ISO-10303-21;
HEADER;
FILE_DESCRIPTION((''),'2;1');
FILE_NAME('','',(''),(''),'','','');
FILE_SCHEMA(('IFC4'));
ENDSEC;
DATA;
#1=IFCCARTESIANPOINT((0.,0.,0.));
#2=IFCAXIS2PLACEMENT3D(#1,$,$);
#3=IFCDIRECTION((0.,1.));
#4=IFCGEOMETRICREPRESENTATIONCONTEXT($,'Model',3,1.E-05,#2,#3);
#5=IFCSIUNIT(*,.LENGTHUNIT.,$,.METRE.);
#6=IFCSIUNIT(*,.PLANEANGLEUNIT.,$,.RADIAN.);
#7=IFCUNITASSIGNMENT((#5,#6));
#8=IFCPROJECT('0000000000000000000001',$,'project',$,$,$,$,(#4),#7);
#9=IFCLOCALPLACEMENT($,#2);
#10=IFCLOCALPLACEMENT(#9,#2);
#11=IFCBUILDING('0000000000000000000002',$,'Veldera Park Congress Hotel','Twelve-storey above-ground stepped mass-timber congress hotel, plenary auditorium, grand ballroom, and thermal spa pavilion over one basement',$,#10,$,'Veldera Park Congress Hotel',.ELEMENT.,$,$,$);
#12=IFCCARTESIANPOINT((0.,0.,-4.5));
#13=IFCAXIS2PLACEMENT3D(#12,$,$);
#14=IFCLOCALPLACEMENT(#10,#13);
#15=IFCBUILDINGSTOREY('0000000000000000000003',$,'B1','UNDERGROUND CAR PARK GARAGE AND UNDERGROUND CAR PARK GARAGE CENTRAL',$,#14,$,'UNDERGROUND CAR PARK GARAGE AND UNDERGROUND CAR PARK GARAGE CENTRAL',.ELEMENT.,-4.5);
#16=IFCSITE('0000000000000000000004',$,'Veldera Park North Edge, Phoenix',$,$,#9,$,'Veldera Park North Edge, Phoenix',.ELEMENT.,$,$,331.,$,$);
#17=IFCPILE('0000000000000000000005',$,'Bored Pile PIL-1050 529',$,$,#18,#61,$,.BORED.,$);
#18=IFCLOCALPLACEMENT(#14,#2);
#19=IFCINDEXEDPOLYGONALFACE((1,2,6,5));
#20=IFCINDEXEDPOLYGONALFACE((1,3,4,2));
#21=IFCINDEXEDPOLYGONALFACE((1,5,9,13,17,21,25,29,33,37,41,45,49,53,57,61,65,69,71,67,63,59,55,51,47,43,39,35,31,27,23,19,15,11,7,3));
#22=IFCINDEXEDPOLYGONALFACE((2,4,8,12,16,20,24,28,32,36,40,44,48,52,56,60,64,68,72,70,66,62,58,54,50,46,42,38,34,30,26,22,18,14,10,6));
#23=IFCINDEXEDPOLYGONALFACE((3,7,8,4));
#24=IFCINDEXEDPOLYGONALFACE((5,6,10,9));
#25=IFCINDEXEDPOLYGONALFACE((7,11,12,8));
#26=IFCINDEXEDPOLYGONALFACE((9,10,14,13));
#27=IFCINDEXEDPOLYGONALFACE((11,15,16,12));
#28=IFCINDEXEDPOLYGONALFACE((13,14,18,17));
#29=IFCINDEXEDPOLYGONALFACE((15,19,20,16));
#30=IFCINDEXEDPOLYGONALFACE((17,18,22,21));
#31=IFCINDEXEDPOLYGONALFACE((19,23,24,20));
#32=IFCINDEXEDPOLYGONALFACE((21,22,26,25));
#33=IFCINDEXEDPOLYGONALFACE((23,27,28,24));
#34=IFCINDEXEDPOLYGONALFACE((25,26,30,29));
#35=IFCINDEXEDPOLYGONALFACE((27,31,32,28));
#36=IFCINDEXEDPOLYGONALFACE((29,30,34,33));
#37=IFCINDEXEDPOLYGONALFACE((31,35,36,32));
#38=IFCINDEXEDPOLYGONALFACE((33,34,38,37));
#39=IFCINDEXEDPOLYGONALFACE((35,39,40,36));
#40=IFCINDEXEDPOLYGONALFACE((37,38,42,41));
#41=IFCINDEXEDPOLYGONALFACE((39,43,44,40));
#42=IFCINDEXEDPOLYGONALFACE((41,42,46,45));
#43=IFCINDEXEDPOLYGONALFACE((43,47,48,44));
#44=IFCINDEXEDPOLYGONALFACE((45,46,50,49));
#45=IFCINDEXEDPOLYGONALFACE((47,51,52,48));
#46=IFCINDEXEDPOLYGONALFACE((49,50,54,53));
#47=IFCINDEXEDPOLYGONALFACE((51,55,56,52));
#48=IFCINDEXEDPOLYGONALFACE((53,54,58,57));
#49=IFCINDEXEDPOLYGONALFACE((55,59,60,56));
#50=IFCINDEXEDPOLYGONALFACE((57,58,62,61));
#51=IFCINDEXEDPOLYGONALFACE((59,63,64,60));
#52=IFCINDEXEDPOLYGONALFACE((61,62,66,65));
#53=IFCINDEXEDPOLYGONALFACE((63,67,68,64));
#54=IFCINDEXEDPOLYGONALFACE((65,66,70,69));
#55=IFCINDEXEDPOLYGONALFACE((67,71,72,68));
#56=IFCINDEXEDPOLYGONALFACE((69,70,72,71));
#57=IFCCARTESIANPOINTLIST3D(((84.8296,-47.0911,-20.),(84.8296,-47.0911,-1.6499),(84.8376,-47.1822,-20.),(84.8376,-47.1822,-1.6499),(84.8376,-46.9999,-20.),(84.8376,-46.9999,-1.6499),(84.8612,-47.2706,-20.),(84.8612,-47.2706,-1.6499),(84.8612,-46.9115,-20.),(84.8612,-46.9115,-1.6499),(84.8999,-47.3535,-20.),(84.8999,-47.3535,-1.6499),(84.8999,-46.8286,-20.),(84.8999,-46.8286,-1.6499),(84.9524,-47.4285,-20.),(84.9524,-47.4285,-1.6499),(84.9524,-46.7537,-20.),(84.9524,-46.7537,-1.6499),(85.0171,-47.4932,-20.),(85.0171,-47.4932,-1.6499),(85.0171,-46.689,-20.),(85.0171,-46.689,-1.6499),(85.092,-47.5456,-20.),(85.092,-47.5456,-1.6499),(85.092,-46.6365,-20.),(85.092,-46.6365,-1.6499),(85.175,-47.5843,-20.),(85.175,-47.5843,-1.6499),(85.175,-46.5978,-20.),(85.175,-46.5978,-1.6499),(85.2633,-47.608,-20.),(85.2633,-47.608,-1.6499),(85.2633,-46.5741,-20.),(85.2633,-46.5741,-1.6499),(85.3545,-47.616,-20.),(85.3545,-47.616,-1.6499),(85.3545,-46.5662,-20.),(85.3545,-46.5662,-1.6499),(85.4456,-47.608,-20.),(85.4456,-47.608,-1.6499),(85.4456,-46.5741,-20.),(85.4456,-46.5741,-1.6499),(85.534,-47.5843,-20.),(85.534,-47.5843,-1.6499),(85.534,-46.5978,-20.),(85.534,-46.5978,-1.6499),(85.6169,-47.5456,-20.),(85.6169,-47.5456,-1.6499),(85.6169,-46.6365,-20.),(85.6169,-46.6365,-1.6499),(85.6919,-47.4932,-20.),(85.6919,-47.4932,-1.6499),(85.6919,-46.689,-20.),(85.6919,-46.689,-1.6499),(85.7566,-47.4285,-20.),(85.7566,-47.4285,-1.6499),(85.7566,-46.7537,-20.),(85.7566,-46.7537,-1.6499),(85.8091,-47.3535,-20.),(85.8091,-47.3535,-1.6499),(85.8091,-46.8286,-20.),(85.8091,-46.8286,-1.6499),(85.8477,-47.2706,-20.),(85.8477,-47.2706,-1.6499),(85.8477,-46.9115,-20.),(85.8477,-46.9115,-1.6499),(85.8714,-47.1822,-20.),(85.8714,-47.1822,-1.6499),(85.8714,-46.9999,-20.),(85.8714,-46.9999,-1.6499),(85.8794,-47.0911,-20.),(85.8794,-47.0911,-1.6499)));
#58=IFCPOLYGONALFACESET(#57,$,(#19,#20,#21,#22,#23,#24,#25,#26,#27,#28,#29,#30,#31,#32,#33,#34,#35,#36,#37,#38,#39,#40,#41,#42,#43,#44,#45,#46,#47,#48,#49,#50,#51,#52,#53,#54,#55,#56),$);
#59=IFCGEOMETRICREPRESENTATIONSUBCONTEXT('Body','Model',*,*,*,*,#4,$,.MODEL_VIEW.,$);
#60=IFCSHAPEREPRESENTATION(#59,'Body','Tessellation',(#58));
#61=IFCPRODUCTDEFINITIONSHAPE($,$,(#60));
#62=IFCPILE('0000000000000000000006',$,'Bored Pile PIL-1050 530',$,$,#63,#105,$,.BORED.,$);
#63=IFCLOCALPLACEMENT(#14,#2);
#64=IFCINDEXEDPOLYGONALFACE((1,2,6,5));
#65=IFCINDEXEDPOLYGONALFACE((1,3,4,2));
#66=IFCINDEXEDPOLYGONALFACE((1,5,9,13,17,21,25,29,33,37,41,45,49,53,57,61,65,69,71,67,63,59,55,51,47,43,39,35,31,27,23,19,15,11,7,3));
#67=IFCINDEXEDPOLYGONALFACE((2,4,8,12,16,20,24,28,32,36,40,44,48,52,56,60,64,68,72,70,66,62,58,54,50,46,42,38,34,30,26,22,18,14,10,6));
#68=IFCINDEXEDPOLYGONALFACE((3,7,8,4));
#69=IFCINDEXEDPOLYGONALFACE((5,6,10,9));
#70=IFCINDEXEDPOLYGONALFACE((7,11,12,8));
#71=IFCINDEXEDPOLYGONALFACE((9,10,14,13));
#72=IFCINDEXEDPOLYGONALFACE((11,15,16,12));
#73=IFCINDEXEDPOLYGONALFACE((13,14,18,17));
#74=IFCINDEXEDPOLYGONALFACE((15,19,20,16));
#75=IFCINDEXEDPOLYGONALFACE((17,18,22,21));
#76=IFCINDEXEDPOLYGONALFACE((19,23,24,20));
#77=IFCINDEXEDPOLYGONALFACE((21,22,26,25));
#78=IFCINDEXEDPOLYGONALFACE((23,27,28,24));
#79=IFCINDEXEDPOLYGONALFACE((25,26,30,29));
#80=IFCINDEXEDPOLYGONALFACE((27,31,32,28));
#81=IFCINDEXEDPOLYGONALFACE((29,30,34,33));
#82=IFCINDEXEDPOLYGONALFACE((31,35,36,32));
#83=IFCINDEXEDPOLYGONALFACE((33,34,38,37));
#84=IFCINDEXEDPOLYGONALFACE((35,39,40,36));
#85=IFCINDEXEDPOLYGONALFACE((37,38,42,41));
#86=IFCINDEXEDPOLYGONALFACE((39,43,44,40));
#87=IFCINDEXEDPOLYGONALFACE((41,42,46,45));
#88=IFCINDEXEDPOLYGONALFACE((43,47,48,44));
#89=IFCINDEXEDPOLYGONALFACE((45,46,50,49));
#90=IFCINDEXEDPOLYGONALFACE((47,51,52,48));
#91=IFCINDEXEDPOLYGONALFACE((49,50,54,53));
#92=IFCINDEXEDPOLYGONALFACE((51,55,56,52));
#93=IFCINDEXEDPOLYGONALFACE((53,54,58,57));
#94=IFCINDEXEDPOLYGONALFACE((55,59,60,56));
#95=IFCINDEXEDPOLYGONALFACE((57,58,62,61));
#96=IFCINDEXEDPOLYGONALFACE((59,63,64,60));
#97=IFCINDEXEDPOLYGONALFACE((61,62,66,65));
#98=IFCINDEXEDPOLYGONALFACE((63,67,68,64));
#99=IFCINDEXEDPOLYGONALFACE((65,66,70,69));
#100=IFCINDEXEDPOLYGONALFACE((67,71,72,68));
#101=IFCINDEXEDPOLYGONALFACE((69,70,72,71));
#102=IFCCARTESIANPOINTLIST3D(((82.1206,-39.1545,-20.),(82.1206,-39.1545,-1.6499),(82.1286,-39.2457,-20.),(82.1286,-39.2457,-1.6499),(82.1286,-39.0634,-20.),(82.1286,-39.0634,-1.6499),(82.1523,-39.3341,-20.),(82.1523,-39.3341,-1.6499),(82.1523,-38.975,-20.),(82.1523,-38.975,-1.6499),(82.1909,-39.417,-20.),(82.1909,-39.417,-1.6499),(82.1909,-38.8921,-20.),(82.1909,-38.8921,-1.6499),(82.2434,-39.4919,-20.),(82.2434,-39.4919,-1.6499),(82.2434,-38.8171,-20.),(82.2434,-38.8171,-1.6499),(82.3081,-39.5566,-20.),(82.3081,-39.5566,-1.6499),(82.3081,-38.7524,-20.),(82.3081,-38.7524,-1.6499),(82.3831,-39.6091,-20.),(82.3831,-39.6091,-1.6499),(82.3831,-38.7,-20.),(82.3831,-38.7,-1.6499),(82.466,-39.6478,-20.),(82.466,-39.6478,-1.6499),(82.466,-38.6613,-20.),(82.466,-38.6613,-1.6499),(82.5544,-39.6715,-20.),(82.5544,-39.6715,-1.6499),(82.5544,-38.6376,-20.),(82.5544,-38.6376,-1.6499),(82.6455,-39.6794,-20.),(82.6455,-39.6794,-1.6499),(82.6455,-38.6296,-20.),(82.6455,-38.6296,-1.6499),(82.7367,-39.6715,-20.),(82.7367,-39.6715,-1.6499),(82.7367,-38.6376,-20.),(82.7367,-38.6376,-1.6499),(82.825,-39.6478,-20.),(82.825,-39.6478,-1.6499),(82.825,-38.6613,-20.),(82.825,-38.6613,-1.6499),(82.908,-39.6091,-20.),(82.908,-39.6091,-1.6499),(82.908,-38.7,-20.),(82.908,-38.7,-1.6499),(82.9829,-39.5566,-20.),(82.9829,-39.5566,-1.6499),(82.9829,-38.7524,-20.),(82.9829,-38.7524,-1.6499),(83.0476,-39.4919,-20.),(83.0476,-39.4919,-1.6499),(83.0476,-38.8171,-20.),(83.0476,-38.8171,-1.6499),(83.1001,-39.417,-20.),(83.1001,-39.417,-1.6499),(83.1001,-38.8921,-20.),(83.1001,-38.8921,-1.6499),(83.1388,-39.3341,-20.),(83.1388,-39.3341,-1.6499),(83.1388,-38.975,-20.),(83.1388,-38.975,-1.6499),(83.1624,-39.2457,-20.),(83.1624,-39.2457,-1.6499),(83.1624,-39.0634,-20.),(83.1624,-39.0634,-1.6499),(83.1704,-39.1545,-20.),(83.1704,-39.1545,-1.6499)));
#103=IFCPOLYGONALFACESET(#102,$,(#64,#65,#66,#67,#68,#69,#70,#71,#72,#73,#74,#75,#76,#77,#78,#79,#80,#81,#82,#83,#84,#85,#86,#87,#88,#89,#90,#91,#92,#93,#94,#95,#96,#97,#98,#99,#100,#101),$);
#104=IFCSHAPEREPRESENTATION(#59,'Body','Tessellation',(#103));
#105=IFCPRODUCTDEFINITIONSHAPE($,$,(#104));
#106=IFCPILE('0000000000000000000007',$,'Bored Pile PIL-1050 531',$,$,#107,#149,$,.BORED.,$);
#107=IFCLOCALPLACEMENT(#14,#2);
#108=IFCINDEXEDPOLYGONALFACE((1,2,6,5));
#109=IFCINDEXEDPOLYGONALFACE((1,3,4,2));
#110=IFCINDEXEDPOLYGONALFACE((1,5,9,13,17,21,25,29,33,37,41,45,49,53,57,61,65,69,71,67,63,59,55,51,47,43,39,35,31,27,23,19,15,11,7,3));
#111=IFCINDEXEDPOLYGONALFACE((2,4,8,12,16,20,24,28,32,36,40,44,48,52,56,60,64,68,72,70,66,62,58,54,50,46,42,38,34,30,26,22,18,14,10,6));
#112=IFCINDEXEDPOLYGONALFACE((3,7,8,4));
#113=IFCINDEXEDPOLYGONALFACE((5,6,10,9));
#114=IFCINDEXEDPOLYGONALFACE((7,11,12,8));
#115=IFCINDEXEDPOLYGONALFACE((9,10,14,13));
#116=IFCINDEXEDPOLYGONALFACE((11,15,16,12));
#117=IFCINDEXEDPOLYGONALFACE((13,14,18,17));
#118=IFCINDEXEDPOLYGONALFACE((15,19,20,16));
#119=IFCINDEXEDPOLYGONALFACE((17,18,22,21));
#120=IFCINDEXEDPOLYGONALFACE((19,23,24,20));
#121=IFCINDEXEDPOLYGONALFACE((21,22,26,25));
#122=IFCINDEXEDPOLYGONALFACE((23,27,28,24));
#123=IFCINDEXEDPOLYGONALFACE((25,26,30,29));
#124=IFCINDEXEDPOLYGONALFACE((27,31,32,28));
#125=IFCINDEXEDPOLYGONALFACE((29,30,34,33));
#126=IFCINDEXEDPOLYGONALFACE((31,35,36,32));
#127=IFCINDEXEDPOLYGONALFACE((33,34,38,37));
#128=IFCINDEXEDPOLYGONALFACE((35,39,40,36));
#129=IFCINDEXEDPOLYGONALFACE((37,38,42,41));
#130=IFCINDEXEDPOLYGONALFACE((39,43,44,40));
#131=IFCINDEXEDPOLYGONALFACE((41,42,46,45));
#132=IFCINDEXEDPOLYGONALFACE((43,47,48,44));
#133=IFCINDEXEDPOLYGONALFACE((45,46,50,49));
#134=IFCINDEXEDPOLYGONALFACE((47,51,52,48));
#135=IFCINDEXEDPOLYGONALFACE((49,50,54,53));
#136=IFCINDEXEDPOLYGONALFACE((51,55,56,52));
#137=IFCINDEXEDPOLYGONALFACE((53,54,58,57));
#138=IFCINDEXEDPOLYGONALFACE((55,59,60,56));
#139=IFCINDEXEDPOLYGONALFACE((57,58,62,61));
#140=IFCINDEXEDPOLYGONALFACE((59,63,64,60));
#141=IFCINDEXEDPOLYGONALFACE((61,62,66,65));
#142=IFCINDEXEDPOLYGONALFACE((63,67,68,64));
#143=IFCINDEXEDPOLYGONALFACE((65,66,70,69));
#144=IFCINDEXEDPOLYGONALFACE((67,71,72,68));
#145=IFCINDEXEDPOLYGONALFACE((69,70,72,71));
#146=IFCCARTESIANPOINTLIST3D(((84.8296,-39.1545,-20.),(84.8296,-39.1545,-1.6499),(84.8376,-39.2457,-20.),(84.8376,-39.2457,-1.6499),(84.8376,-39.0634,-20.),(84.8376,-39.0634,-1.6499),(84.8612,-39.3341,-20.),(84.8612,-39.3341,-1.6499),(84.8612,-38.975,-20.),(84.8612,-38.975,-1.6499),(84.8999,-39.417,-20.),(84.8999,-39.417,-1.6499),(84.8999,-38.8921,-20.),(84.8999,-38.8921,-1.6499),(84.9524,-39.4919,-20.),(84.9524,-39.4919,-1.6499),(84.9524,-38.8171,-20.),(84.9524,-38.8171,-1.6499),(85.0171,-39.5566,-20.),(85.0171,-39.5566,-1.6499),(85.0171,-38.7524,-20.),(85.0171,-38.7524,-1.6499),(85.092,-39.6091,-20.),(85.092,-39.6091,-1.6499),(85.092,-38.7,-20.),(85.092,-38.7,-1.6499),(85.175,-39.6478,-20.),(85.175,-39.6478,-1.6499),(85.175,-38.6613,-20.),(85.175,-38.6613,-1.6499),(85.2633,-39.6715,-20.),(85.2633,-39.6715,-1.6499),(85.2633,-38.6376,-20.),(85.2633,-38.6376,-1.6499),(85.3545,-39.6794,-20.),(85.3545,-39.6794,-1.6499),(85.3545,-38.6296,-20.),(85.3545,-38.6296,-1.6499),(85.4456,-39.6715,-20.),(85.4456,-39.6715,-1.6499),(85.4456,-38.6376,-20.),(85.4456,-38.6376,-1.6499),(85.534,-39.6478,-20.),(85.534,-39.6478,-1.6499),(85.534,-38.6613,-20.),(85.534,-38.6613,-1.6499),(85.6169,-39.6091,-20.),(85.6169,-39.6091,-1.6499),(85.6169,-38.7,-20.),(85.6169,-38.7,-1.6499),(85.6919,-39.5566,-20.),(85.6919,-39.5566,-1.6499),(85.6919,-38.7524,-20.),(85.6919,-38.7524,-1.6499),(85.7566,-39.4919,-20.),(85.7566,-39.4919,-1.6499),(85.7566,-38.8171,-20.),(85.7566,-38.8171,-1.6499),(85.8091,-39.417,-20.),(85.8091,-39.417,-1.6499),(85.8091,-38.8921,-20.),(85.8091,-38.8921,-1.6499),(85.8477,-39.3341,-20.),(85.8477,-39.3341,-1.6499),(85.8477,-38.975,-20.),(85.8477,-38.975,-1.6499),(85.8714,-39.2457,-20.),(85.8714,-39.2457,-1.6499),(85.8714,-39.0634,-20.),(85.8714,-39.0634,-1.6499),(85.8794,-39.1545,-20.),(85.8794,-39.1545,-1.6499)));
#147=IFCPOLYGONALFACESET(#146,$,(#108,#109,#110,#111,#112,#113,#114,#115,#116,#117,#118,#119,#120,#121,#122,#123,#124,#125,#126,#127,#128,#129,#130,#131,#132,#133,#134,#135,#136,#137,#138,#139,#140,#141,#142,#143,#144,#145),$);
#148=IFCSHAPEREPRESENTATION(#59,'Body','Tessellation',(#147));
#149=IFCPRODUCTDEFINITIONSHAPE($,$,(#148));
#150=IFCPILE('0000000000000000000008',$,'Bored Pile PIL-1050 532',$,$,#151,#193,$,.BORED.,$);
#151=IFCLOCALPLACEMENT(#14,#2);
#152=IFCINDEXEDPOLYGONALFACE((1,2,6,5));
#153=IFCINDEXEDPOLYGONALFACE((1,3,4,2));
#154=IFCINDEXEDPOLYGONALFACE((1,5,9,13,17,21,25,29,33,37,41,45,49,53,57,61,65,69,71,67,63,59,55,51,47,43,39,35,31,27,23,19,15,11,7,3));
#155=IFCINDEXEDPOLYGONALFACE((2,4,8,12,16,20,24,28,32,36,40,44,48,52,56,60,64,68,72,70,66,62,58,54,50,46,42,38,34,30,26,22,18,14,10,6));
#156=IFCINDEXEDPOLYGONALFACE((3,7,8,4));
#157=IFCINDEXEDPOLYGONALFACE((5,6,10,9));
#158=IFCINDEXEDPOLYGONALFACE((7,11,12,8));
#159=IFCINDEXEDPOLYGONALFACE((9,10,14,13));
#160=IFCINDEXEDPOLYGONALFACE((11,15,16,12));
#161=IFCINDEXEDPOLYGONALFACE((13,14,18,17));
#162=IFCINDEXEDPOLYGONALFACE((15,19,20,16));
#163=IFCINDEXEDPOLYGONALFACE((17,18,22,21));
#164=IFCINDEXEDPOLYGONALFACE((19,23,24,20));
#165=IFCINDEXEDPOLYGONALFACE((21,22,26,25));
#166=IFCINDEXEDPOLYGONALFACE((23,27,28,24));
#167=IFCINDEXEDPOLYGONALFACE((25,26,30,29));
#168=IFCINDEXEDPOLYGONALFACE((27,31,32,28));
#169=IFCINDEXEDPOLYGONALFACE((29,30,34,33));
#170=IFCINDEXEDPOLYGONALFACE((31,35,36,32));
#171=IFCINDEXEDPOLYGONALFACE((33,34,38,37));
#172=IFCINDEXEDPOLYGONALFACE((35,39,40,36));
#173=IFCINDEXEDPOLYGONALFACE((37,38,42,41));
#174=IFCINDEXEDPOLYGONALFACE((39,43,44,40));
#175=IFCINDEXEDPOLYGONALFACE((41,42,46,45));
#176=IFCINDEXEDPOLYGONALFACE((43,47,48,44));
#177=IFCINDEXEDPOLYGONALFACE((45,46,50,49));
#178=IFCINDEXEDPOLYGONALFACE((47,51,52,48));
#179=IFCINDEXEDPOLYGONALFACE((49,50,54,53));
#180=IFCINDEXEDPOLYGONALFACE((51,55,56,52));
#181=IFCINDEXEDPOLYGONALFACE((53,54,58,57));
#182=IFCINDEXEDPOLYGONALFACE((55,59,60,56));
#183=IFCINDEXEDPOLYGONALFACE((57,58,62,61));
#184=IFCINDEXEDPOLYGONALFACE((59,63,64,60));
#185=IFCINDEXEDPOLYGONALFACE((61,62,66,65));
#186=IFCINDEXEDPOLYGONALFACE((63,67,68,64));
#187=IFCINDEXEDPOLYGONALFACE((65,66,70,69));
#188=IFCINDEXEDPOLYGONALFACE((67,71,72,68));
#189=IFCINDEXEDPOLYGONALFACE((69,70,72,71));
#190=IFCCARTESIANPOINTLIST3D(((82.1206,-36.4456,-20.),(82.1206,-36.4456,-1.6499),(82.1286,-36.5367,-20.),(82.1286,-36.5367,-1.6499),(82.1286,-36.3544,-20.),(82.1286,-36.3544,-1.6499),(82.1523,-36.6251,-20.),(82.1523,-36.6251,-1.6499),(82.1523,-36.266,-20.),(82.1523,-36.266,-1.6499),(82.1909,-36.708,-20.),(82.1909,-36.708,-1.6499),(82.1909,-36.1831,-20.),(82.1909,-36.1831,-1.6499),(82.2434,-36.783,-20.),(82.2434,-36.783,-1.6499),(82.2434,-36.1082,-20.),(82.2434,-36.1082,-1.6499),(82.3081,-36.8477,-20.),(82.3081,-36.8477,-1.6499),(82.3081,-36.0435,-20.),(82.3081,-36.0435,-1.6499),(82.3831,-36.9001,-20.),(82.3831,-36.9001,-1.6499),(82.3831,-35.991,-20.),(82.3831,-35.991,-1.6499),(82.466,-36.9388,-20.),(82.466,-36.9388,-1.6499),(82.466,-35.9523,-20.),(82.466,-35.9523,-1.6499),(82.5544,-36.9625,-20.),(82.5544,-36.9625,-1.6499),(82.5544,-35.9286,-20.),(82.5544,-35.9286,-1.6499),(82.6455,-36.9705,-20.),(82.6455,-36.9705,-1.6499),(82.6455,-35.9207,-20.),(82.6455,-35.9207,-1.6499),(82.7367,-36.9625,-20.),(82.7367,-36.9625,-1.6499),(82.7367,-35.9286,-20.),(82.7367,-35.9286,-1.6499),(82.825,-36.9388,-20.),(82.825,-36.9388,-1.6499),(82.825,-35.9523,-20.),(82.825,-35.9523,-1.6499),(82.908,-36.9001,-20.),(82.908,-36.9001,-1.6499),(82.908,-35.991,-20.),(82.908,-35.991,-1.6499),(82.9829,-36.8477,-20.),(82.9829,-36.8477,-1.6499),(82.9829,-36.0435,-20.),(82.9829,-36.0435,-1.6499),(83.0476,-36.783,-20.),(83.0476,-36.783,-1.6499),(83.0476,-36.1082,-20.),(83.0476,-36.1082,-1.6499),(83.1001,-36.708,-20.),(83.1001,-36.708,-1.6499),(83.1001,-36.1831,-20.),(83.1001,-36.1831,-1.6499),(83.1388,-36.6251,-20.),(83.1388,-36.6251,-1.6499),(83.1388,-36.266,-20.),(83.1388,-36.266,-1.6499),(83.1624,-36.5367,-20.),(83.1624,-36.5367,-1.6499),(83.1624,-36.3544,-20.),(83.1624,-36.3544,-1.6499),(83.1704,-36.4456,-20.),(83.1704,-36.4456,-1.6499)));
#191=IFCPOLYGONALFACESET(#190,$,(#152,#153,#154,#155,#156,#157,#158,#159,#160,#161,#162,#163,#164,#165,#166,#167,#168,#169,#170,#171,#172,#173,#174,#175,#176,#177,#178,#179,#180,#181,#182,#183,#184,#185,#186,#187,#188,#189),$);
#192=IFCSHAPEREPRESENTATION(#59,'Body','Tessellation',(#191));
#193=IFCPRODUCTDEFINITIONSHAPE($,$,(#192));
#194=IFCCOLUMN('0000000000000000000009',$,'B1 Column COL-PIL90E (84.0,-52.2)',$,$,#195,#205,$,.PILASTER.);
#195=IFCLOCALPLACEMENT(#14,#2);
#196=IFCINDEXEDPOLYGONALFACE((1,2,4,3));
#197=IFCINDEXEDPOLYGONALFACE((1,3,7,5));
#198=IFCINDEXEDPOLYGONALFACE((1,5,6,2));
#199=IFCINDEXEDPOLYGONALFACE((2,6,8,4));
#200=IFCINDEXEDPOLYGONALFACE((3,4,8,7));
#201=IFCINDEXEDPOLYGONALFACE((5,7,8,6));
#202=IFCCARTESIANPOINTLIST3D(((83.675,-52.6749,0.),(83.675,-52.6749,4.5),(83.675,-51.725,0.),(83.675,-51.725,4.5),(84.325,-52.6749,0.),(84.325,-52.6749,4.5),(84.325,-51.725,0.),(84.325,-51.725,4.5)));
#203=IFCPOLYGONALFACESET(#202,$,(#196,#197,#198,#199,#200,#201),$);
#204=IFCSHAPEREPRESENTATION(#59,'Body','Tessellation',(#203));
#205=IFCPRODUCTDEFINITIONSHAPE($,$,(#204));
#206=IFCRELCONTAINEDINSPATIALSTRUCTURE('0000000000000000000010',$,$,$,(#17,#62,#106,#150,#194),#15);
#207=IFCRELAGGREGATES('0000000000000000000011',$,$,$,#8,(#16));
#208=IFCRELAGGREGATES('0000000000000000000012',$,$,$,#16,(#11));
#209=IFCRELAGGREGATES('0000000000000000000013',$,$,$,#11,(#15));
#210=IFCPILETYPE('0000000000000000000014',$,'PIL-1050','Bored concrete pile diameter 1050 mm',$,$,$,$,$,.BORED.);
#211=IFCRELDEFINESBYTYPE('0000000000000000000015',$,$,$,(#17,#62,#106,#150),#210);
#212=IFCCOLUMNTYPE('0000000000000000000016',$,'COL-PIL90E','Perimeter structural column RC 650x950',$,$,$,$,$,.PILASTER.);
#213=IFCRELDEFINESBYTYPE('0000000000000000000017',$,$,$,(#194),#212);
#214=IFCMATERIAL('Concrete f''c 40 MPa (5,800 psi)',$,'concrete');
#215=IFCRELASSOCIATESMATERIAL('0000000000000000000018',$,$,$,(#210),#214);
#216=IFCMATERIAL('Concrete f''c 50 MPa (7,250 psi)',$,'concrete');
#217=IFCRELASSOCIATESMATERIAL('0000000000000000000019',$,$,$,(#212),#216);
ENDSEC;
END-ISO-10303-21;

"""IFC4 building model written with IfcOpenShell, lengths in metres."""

from ifc_helpers import new_model, si_unit, direction, frame, origin, origin_2d, place, context, subcontext, project, spatial, rectangle, circle, extrude, material, material_profile, profile_set, type_object, element, save


model = new_model("IFC4")

# Units and contexts
model_context = context("Model", 3, precision=1e-05, world=origin(), true_north=direction((0.0, 1.0)))
body_context = subcontext(model_context, "Body", "Model", "MODEL_VIEW")
ifc_project = project(units=[si_unit("LENGTHUNIT", "METRE"), si_unit("PLANEANGLEUNIT", "RADIAN")], contexts=[model_context])

# Site, building, storey
site_placement = place(None, origin())
site = spatial("IfcSite", under=ifc_project, at=site_placement, Name="Veldera Park North Edge, Phoenix", LongName="Veldera Park North Edge, Phoenix", CompositionType="ELEMENT", RefElevation=331.0)
building_placement = place(site_placement, origin())
building = spatial("IfcBuilding", under=site, at=building_placement, Name="Veldera Park Congress Hotel", Description="Twelve-storey above-ground stepped mass-timber congress hotel, plenary auditorium, grand ballroom, and thermal spa pavilion over one basement", LongName="Veldera Park Congress Hotel", CompositionType="ELEMENT")
storey_placement = place(building_placement, frame((0.0, 0.0, -4.5)))
storey = spatial("IfcBuildingStorey", under=building, at=storey_placement, Name="B1", Description="UNDERGROUND CAR PARK GARAGE AND UNDERGROUND CAR PARK GARAGE CENTRAL", LongName="UNDERGROUND CAR PARK GARAGE AND UNDERGROUND CAR PARK GARAGE CENTRAL", CompositionType="ELEMENT", Elevation=-4.5)

# Shared definitions
ifc_material_1 = material(Name="Concrete f'c 40 MPa (5,800 psi)", Category="concrete")

# Piles
ifc_material_profile_1 = material_profile(ifc_material_1, circle(Radius=0.5249, at=origin_2d()), Name="PILE D1050")
ifc_profile_set_1 = profile_set([ifc_material_profile_1], Name="Concrete f'c 40 MPa (5,800 psi)")
pile_type = type_object("IfcPileType", Name="PIL-1050", Description="Bored concrete pile diameter 1050 mm", PredefinedType="BORED", material=ifc_profile_set_1)
for number, where, z_axis, x_axis, name in (
    (1, (85.3545, -47.0911, -1.6499), (0.0, 0.0, -1.0), (1.0, 0.0, 0.0), "Bored Pile PIL-1050 529"),
    (2, (82.6455, -39.1545, -1.6499), (0.0, 0.0, -1.0), (1.0, 0.0, 0.0), "Bored Pile PIL-1050 530"),
    (3, (85.3545, -39.1545, -1.6499), (0.0, 0.0, -1.0), (1.0, 0.0, 0.0), "Bored Pile PIL-1050 531"),
    (4, (82.6455, -36.4456, -1.6499), (0.0, 0.0, -1.0), (1.0, 0.0, 0.0), "Bored Pile PIL-1050 532"),
):
    element("IfcPile", number, at=place(storey_placement, frame(where, z_axis=z_axis, x_axis=x_axis)), inside=storey, type_object=pile_type, Name=name, PredefinedType="BORED", context=body_context, shape_type="SweptSolid", body=[
        extrude(circle(Radius=0.5249, at=origin_2d()), origin(), (0.0, 0.0, 1.0), 18.3501),
    ])

# Column
ifc_material_2 = material(Name="Concrete f'c 50 MPa (7,250 psi)", Category="concrete")
ifc_material_profile_2 = material_profile(ifc_material_2, rectangle(XDim=0.6499, YDim=0.95, at=origin_2d()), Name="RC 650x950")
ifc_profile_set_2 = profile_set([ifc_material_profile_2], Name="Concrete f'c 50 MPa (7,250 psi)")
column_type = type_object("IfcColumnType", Name="COL-PIL90E", Description="Perimeter structural column RC 650x950", PredefinedType="PILASTER", material=ifc_profile_set_2)
for number, where, z_axis, x_axis, name in (
    (5, (84.0, -52.2, 0.0), (0.0, 0.0, 1.0), (1.0, 0.0, 0.0), "B1 Column COL-PIL90E (84.0,-52.2)"),
):
    element("IfcColumn", number, at=place(storey_placement, frame(where, z_axis=z_axis, x_axis=x_axis)), inside=storey, type_object=column_type, Name=name, PredefinedType="PILASTER", context=body_context, shape_type="SweptSolid", body=[
        extrude(rectangle(XDim=0.6499, YDim=0.95, at=origin_2d()), origin(), (0.0, 0.0, 1.0), 4.5),
    ])

save(model, "model.ifc")
